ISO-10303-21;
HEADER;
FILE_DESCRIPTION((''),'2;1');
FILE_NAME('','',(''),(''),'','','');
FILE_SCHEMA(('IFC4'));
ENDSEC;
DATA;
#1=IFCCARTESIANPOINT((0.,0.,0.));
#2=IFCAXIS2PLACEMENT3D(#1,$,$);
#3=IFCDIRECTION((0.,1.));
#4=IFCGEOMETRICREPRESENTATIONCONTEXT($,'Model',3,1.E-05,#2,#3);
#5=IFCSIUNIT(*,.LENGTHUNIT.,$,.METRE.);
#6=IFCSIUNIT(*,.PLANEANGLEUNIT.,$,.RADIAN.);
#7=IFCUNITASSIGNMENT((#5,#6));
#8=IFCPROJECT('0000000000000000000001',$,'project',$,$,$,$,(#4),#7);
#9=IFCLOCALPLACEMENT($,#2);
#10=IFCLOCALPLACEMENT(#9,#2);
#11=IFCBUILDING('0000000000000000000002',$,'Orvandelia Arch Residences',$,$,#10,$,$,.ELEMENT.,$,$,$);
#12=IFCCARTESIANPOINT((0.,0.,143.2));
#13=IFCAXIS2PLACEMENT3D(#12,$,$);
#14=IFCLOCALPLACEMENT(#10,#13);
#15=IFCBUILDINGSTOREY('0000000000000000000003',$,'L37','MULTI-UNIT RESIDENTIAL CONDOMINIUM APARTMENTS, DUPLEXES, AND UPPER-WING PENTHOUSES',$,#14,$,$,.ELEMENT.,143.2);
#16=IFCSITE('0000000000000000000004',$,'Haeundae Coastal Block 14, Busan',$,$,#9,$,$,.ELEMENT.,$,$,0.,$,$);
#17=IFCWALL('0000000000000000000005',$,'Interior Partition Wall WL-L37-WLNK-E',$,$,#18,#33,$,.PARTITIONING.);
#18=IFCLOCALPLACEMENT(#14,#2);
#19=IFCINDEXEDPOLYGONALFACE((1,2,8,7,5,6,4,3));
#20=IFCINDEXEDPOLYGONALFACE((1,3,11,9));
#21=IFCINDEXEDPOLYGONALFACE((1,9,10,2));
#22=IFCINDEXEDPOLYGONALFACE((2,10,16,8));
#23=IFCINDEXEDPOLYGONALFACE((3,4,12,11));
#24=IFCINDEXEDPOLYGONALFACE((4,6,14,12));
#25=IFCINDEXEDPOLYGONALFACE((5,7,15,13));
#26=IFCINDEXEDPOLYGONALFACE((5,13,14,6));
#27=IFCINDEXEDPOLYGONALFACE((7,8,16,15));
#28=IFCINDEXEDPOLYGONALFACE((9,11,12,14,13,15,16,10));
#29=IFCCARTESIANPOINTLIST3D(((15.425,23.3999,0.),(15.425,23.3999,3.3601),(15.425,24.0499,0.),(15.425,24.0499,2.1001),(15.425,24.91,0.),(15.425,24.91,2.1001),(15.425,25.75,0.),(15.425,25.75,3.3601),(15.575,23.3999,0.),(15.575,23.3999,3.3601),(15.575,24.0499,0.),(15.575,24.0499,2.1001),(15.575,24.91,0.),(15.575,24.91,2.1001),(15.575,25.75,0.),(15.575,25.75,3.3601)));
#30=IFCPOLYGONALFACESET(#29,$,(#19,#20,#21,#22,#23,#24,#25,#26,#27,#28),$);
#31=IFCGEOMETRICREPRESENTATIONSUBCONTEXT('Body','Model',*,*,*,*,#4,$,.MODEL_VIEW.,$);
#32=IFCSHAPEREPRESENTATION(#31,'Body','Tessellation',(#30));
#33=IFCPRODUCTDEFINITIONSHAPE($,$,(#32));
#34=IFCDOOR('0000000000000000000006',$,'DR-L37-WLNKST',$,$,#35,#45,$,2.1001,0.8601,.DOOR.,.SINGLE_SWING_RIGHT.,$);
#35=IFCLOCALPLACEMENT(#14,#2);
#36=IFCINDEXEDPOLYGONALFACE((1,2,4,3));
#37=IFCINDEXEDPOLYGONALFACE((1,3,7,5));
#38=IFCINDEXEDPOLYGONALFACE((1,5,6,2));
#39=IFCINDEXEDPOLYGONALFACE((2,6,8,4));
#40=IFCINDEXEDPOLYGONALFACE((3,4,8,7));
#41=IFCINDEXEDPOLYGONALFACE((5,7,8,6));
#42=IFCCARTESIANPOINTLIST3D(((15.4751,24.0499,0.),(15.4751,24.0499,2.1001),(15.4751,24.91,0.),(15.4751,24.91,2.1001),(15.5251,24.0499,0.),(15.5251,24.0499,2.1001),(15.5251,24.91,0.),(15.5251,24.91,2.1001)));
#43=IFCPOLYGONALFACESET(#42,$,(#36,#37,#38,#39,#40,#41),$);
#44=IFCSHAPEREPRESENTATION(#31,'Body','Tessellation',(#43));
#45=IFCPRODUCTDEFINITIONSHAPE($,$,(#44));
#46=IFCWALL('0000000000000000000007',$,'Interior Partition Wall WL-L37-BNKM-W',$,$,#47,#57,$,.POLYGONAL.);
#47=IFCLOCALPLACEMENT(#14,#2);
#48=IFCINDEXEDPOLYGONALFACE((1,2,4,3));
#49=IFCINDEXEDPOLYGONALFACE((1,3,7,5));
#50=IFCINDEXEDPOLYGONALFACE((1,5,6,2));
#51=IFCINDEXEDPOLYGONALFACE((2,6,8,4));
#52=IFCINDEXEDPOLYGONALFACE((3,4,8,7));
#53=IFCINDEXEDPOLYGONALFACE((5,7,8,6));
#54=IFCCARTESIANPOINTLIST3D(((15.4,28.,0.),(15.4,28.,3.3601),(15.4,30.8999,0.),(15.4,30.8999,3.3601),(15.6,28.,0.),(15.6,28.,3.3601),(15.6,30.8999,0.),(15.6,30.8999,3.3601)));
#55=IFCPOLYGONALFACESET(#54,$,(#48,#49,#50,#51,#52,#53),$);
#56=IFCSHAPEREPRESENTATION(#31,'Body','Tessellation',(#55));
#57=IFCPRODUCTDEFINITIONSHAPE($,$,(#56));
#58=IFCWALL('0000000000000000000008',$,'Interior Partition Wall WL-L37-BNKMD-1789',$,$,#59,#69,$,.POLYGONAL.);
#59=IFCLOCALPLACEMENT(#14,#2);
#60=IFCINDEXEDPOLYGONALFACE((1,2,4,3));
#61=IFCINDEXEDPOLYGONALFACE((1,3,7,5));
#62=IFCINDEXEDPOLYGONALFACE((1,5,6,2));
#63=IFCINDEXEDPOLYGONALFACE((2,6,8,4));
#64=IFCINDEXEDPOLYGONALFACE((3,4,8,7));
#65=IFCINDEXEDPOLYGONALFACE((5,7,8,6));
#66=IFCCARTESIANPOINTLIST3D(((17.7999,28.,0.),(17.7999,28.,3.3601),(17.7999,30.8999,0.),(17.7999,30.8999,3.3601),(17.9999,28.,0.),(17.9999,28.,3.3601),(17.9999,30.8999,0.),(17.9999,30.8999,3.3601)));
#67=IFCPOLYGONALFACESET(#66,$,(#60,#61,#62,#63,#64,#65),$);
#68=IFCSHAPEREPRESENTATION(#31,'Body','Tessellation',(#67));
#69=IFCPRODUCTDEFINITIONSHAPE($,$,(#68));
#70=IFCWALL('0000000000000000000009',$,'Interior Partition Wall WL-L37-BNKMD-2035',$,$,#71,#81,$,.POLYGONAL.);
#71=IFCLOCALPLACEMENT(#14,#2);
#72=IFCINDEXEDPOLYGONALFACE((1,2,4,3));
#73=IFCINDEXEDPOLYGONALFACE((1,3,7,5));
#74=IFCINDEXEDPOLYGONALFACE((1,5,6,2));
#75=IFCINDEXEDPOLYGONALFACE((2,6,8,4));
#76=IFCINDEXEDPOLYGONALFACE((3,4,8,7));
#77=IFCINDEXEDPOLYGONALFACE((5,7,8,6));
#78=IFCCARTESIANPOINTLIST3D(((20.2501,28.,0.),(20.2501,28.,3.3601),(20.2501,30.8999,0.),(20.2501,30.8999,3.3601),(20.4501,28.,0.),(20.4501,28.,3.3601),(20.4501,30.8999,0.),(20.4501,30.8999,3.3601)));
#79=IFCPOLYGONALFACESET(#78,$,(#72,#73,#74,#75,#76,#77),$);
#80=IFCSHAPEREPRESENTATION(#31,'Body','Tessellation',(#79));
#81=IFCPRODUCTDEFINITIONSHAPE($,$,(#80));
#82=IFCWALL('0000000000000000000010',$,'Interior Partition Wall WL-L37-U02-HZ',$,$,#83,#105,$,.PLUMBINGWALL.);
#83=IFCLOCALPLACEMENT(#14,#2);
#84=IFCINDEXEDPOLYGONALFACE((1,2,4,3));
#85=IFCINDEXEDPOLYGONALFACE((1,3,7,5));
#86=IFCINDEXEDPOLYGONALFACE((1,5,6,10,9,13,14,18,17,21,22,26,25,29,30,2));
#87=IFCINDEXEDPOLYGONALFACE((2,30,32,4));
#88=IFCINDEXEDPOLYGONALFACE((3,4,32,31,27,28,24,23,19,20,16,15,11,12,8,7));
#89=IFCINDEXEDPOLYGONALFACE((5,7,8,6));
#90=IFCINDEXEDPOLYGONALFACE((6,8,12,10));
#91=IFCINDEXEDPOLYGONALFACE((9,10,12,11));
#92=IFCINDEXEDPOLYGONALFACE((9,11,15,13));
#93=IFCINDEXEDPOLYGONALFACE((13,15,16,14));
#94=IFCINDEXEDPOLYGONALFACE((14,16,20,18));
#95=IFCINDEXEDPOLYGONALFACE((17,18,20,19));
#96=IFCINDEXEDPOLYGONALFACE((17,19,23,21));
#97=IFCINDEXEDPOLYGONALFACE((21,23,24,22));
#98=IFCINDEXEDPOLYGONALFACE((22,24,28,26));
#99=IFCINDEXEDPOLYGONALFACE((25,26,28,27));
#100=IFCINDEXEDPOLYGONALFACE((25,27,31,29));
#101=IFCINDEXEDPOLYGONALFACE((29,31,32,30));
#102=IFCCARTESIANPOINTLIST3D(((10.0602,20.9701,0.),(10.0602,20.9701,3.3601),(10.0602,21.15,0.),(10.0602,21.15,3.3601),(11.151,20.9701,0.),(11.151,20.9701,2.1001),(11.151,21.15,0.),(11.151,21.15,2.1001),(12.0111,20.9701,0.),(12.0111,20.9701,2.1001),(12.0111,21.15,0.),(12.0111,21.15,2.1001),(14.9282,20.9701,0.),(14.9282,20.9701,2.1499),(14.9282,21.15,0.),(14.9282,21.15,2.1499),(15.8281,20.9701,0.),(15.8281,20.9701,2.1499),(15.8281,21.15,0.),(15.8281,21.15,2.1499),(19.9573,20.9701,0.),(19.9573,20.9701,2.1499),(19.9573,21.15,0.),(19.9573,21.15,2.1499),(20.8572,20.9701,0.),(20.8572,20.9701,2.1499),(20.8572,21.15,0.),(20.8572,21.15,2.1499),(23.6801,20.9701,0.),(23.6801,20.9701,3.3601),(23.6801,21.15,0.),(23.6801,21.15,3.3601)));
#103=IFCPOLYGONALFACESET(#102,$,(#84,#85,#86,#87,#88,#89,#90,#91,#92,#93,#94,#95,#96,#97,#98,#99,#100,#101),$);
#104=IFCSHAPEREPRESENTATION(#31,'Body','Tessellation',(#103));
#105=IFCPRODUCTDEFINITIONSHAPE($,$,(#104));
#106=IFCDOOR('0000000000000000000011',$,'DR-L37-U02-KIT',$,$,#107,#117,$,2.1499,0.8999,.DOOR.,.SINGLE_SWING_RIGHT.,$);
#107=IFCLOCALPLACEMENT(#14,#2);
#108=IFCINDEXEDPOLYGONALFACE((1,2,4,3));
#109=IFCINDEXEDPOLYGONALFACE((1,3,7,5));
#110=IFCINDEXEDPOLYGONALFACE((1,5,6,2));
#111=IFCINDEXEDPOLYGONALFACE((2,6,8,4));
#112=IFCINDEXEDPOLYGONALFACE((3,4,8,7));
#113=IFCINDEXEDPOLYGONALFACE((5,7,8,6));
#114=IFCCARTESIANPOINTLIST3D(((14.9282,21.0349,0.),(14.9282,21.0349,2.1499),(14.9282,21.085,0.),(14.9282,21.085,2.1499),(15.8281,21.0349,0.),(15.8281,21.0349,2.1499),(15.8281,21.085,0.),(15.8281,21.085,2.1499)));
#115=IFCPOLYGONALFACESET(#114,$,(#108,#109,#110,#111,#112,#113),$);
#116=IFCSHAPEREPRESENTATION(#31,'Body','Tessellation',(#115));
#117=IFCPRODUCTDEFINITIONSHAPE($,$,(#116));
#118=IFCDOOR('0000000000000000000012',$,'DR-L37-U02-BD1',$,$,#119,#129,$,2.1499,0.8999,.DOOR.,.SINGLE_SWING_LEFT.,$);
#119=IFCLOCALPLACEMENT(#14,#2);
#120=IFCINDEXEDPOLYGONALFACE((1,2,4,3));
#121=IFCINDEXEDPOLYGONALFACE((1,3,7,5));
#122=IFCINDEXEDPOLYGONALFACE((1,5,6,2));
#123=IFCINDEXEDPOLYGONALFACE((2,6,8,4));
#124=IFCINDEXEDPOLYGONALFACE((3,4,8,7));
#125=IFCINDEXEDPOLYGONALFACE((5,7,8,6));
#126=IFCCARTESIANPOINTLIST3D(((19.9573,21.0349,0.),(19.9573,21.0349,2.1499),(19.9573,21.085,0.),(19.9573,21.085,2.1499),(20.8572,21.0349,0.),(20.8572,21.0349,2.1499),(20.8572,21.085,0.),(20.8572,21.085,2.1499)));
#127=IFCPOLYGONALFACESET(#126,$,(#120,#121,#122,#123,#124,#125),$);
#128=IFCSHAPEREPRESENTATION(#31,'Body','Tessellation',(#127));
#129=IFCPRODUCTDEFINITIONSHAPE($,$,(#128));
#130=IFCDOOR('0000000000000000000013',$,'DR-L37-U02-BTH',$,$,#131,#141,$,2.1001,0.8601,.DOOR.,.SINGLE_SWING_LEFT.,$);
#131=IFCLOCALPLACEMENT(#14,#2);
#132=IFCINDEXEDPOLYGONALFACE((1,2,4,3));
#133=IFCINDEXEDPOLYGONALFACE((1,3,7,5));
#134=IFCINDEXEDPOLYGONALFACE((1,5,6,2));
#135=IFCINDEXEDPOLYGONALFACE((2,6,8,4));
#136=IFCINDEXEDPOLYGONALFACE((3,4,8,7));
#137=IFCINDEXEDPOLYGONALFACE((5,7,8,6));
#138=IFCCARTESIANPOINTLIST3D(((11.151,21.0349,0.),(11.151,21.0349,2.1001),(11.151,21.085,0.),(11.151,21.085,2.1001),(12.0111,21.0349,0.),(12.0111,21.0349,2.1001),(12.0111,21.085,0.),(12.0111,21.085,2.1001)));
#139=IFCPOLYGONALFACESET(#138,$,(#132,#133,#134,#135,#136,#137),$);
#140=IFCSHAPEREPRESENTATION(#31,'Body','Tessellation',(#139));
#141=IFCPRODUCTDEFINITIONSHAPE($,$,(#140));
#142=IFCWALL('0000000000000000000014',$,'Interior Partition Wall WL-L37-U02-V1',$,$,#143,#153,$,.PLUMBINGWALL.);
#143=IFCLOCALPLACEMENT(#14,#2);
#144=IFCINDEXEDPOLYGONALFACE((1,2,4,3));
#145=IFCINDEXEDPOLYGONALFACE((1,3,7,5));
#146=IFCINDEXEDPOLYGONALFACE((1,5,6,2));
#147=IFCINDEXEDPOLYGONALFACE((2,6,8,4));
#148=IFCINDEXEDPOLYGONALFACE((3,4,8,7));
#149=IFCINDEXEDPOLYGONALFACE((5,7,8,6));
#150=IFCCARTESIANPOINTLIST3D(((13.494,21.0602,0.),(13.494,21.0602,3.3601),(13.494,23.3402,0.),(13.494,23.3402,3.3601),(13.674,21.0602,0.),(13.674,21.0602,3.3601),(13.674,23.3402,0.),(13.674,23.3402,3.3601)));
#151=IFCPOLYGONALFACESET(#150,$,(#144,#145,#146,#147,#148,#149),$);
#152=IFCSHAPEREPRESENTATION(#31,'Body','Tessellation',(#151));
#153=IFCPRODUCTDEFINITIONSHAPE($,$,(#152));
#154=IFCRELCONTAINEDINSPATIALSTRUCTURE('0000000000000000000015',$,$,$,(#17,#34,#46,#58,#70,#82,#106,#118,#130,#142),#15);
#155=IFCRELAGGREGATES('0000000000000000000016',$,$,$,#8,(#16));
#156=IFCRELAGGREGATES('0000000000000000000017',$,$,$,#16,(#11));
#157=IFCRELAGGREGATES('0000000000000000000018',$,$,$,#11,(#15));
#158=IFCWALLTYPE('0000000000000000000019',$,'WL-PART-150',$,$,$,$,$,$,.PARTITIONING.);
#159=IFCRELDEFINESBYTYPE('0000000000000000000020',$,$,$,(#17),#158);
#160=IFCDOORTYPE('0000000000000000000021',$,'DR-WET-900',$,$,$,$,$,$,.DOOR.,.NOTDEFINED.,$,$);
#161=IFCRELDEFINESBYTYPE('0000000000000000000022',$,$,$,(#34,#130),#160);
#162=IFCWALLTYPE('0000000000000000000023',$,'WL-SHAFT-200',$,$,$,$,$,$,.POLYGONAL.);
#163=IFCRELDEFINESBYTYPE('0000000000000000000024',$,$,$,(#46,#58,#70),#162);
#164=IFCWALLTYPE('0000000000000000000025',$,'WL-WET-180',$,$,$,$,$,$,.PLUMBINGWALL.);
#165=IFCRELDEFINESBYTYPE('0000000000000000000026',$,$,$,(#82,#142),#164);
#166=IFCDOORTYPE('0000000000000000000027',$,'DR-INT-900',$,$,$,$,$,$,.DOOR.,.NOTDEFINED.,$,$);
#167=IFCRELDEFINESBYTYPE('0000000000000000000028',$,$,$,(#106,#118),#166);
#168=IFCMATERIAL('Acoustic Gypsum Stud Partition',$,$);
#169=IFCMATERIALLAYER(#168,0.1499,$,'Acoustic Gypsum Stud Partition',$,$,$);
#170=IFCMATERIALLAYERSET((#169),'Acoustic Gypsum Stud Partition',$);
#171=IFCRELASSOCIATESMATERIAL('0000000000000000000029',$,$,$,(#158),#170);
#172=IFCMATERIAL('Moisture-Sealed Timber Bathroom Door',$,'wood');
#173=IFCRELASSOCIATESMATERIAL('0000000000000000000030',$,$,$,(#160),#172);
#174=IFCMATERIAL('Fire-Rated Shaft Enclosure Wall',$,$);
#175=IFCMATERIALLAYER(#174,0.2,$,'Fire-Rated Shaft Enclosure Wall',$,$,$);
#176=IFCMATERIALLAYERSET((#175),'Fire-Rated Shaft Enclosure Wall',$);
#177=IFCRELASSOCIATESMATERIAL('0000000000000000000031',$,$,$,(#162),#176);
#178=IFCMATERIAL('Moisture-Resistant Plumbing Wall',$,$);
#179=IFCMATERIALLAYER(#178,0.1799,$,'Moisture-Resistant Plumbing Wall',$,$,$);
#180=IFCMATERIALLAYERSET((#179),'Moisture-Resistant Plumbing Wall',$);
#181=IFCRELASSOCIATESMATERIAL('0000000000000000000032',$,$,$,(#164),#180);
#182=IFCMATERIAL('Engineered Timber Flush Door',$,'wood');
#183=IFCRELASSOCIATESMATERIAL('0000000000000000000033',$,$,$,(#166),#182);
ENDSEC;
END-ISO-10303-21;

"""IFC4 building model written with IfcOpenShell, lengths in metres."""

from ifc_helpers import new_model, si_unit, direction, frame, frame_2d, origin, place, context, subcontext, project, spatial, rectangle, extrude, material, layer, layer_set, type_object, element, fill, save


model = new_model("IFC4")

# Units and contexts
model_context = context("Model", 3, precision=1e-05, world=origin(), true_north=direction((0.0, 1.0)))
body_context = subcontext(model_context, "Body", "Model", "MODEL_VIEW")
ifc_project = project(units=[si_unit("LENGTHUNIT", "METRE"), si_unit("PLANEANGLEUNIT", "RADIAN")], contexts=[model_context])

# Site, building, storey
site_placement = place(None, origin())
site = spatial("IfcSite", under=ifc_project, at=site_placement, Name="Haeundae Coastal Block 14, Busan", CompositionType="ELEMENT", RefElevation=0.0)
building_placement = place(site_placement, origin())
building = spatial("IfcBuilding", under=site, at=building_placement, Name="Orvandelia Arch Residences", CompositionType="ELEMENT")
storey_placement = place(building_placement, frame((0.0, 0.0, 143.2)))
storey = spatial("IfcBuildingStorey", under=building, at=storey_placement, Name="L37", Description="MULTI-UNIT RESIDENTIAL CONDOMINIUM APARTMENTS, DUPLEXES, AND UPPER-WING PENTHOUSES", CompositionType="ELEMENT", Elevation=143.2)

# Shared definitions
ifc_material_1 = material(Name="Acoustic Gypsum Stud Partition")
ifc_layer_1 = layer(ifc_material_1, 0.1499, Name="Acoustic Gypsum Stud Partition")
ifc_layer_set_1 = layer_set([ifc_layer_1], Name="Acoustic Gypsum Stud Partition")
wall_type_1 = type_object("IfcWallType", Name="WL-PART-150", PredefinedType="PARTITIONING", material=ifc_layer_set_1)

# Wall, opening, door
wall_1_placement = place(storey_placement, frame((15.5, 23.3999, 0.0), z_axis=(0.0, 0.0, 1.0), x_axis=(0.0, 1.0, 0.0)))
wall_1 = element("IfcWall", 1, at=wall_1_placement, inside=storey, type_object=wall_type_1, Name="Interior Partition Wall WL-L37-WLNK-E", PredefinedType="PARTITIONING", context=body_context, shape_type="SweptSolid", body=[
    extrude(rectangle(XDim=2.3501, YDim=0.1499, at=frame_2d((1.175, 0.0))), origin(), (0.0, 0.0, 1.0), 3.3601),
])
opening_1_placement = place(wall_1_placement, frame((0.6499, 0.0, 0.0)))
opening_1 = element("IfcOpeningElement", 2, at=opening_1_placement, cuts=wall_1, PredefinedType="OPENING", context=body_context, shape_type="SweptSolid", body=[
    extrude(rectangle(XDim=0.8601, YDim=2.1001, at=frame_2d((0.4302, 1.05))), frame((0.0, 0.085, 0.0), z_axis=(0.0, -1.0, 0.0), x_axis=(1.0, 0.0, 0.0)), (0.0, 0.0, 1.0), 0.1699),
])
ifc_material_2 = material(Name="Moisture-Sealed Timber Bathroom Door", Category="wood")
door_type_1 = type_object("IfcDoorType", Name="DR-WET-900", OperationType="NOTDEFINED", PredefinedType="DOOR", material=ifc_material_2)
door_1_placement = place(opening_1_placement, origin())
door_1 = element("IfcDoor", 3, at=door_1_placement, inside=storey, type_object=door_type_1, Name="DR-L37-WLNKST", OperationType="SINGLE_SWING_RIGHT", OverallHeight=2.1001, OverallWidth=0.8601, PredefinedType="DOOR", context=body_context, shape_type="SweptSolid", body=[
    extrude(rectangle(XDim=0.8601, YDim=2.1001, at=frame_2d((0.4302, 1.05))), frame((0.0, 0.0249, 0.0), z_axis=(0.0, -1.0, 0.0), x_axis=(1.0, 0.0, 0.0)), (0.0, 0.0, 1.0), 0.05),
])
fill(opening_1, door_1)

# Shared definitions
ifc_material_3 = material(Name="Fire-Rated Shaft Enclosure Wall")
ifc_layer_2 = layer(ifc_material_3, 0.2, Name="Fire-Rated Shaft Enclosure Wall")
ifc_layer_set_2 = layer_set([ifc_layer_2], Name="Fire-Rated Shaft Enclosure Wall")
wall_type_2 = type_object("IfcWallType", Name="WL-SHAFT-200", PredefinedType="POLYGONAL", material=ifc_layer_set_2)

# Walls
for number, where, z_axis, x_axis, name in (
    (4, (15.5, 28.0, 0.0), (0.0, 0.0, 1.0), (0.0, 1.0, 0.0), "Interior Partition Wall WL-L37-BNKM-W"),
    (5, (17.8999, 28.0, 0.0), (0.0, 0.0, 1.0), (0.0, 1.0, 0.0), "Interior Partition Wall WL-L37-BNKMD-1789"),
    (6, (20.3501, 28.0, 0.0), (0.0, 0.0, 1.0), (0.0, 1.0, 0.0), "Interior Partition Wall WL-L37-BNKMD-2035"),
):
    element("IfcWall", number, at=place(storey_placement, frame(where, z_axis=z_axis, x_axis=x_axis)), inside=storey, type_object=wall_type_2, Name=name, PredefinedType="POLYGONAL", context=body_context, shape_type="SweptSolid", body=[
        extrude(rectangle(XDim=2.8999, YDim=0.2, at=frame_2d((1.45, 0.0))), origin(), (0.0, 0.0, 1.0), 3.3601),
    ])

# Wall, openings, doors
ifc_material_4 = material(Name="Moisture-Resistant Plumbing Wall")
ifc_layer_3 = layer(ifc_material_4, 0.1799, Name="Moisture-Resistant Plumbing Wall")
ifc_layer_set_3 = layer_set([ifc_layer_3], Name="Moisture-Resistant Plumbing Wall")
wall_type_3 = type_object("IfcWallType", Name="WL-WET-180", PredefinedType="PLUMBINGWALL", material=ifc_layer_set_3)
wall_2_placement = place(storey_placement, frame((10.0601, 21.0601, 0.0), z_axis=(0.0, 0.0, 1.0), x_axis=(1.0, 0.0, 0.0)))
wall_2 = element("IfcWall", 7, at=wall_2_placement, inside=storey, type_object=wall_type_3, Name="Interior Partition Wall WL-L37-U02-HZ", PredefinedType="PLUMBINGWALL", context=body_context, shape_type="SweptSolid", body=[
    extrude(rectangle(XDim=13.6199, YDim=0.1799, at=frame_2d((6.8101, 0.0))), origin(), (0.0, 0.0, 1.0), 3.3601),
])
opening_2_placement = place(wall_2_placement, frame((1.0908, 0.0, 0.0)))
opening_2 = element("IfcOpeningElement", 8, at=opening_2_placement, cuts=wall_2, PredefinedType="OPENING", context=body_context, shape_type="SweptSolid", body=[
    extrude(rectangle(XDim=0.8601, YDim=2.1001, at=frame_2d((0.4302, 1.05))), frame((0.0, 0.1001, 0.0), z_axis=(0.0, -1.0, 0.0), x_axis=(1.0, 0.0, 0.0)), (0.0, 0.0, 1.0), 0.2),
])
opening_3_placement = place(wall_2_placement, frame((4.8682, 0.0, 0.0)))
opening_3 = element("IfcOpeningElement", 9, at=opening_3_placement, cuts=wall_2, PredefinedType="OPENING", context=body_context, shape_type="SweptSolid", body=[
    extrude(rectangle(XDim=0.8999, YDim=2.1499, at=frame_2d((0.45, 1.075))), frame((0.0, 0.1001, 0.0), z_axis=(0.0, -1.0, 0.0), x_axis=(1.0, 0.0, 0.0)), (0.0, 0.0, 1.0), 0.2),
])
opening_4_placement = place(wall_2_placement, frame((9.8972, 0.0, 0.0)))
opening_4 = element("IfcOpeningElement", 10, at=opening_4_placement, cuts=wall_2, PredefinedType="OPENING", context=body_context, shape_type="SweptSolid", body=[
    extrude(rectangle(XDim=0.8999, YDim=2.1499, at=frame_2d((0.45, 1.075))), frame((0.0, 0.1001, 0.0), z_axis=(0.0, -1.0, 0.0), x_axis=(1.0, 0.0, 0.0)), (0.0, 0.0, 1.0), 0.2),
])
ifc_material_5 = material(Name="Engineered Timber Flush Door", Category="wood")
door_type_2 = type_object("IfcDoorType", Name="DR-INT-900", OperationType="NOTDEFINED", PredefinedType="DOOR", material=ifc_material_5)
door_2_placement = place(opening_3_placement, origin())
door_2 = element("IfcDoor", 11, at=door_2_placement, inside=storey, type_object=door_type_2, Name="DR-L37-U02-KIT", OperationType="SINGLE_SWING_RIGHT", OverallHeight=2.1499, OverallWidth=0.8999, PredefinedType="DOOR", context=body_context, shape_type="SweptSolid", body=[
    extrude(rectangle(XDim=0.8999, YDim=2.1499, at=frame_2d((0.45, 1.075))), frame((0.0, 0.0249, 0.0), z_axis=(0.0, -1.0, 0.0), x_axis=(1.0, 0.0, 0.0)), (0.0, 0.0, 1.0), 0.05),
])
fill(opening_3, door_2)
door_3_placement = place(opening_4_placement, origin())
door_3 = element("IfcDoor", 12, at=door_3_placement, inside=storey, type_object=door_type_2, Name="DR-L37-U02-BD1", OperationType="SINGLE_SWING_LEFT", OverallHeight=2.1499, OverallWidth=0.8999, PredefinedType="DOOR", context=body_context, shape_type="SweptSolid", body=[
    extrude(rectangle(XDim=0.8999, YDim=2.1499, at=frame_2d((0.45, 1.075))), frame((0.0, 0.0249, 0.0), z_axis=(0.0, -1.0, 0.0), x_axis=(1.0, 0.0, 0.0)), (0.0, 0.0, 1.0), 0.05),
])
fill(opening_4, door_3)
door_4_placement = place(opening_2_placement, origin())
door_4 = element("IfcDoor", 13, at=door_4_placement, inside=storey, type_object=door_type_1, Name="DR-L37-U02-BTH", OperationType="SINGLE_SWING_LEFT", OverallHeight=2.1001, OverallWidth=0.8601, PredefinedType="DOOR", context=body_context, shape_type="SweptSolid", body=[
    extrude(rectangle(XDim=0.8601, YDim=2.1001, at=frame_2d((0.4302, 1.05))), frame((0.0, 0.0249, 0.0), z_axis=(0.0, -1.0, 0.0), x_axis=(1.0, 0.0, 0.0)), (0.0, 0.0, 1.0), 0.05),
])
fill(opening_2, door_4)

# Wall
wall_3_placement = place(storey_placement, frame((13.584, 21.0601, 0.0), z_axis=(0.0, 0.0, 1.0), x_axis=(0.0, 1.0, 0.0)))
element("IfcWall", 14, at=wall_3_placement, inside=storey, type_object=wall_type_3, Name="Interior Partition Wall WL-L37-U02-V1", PredefinedType="PLUMBINGWALL", context=body_context, shape_type="SweptSolid", body=[
    extrude(rectangle(XDim=2.28, YDim=0.1799, at=frame_2d((1.1401, 0.0))), origin(), (0.0, 0.0, 1.0), 3.3601),
])

save(model, "model.ifc")
